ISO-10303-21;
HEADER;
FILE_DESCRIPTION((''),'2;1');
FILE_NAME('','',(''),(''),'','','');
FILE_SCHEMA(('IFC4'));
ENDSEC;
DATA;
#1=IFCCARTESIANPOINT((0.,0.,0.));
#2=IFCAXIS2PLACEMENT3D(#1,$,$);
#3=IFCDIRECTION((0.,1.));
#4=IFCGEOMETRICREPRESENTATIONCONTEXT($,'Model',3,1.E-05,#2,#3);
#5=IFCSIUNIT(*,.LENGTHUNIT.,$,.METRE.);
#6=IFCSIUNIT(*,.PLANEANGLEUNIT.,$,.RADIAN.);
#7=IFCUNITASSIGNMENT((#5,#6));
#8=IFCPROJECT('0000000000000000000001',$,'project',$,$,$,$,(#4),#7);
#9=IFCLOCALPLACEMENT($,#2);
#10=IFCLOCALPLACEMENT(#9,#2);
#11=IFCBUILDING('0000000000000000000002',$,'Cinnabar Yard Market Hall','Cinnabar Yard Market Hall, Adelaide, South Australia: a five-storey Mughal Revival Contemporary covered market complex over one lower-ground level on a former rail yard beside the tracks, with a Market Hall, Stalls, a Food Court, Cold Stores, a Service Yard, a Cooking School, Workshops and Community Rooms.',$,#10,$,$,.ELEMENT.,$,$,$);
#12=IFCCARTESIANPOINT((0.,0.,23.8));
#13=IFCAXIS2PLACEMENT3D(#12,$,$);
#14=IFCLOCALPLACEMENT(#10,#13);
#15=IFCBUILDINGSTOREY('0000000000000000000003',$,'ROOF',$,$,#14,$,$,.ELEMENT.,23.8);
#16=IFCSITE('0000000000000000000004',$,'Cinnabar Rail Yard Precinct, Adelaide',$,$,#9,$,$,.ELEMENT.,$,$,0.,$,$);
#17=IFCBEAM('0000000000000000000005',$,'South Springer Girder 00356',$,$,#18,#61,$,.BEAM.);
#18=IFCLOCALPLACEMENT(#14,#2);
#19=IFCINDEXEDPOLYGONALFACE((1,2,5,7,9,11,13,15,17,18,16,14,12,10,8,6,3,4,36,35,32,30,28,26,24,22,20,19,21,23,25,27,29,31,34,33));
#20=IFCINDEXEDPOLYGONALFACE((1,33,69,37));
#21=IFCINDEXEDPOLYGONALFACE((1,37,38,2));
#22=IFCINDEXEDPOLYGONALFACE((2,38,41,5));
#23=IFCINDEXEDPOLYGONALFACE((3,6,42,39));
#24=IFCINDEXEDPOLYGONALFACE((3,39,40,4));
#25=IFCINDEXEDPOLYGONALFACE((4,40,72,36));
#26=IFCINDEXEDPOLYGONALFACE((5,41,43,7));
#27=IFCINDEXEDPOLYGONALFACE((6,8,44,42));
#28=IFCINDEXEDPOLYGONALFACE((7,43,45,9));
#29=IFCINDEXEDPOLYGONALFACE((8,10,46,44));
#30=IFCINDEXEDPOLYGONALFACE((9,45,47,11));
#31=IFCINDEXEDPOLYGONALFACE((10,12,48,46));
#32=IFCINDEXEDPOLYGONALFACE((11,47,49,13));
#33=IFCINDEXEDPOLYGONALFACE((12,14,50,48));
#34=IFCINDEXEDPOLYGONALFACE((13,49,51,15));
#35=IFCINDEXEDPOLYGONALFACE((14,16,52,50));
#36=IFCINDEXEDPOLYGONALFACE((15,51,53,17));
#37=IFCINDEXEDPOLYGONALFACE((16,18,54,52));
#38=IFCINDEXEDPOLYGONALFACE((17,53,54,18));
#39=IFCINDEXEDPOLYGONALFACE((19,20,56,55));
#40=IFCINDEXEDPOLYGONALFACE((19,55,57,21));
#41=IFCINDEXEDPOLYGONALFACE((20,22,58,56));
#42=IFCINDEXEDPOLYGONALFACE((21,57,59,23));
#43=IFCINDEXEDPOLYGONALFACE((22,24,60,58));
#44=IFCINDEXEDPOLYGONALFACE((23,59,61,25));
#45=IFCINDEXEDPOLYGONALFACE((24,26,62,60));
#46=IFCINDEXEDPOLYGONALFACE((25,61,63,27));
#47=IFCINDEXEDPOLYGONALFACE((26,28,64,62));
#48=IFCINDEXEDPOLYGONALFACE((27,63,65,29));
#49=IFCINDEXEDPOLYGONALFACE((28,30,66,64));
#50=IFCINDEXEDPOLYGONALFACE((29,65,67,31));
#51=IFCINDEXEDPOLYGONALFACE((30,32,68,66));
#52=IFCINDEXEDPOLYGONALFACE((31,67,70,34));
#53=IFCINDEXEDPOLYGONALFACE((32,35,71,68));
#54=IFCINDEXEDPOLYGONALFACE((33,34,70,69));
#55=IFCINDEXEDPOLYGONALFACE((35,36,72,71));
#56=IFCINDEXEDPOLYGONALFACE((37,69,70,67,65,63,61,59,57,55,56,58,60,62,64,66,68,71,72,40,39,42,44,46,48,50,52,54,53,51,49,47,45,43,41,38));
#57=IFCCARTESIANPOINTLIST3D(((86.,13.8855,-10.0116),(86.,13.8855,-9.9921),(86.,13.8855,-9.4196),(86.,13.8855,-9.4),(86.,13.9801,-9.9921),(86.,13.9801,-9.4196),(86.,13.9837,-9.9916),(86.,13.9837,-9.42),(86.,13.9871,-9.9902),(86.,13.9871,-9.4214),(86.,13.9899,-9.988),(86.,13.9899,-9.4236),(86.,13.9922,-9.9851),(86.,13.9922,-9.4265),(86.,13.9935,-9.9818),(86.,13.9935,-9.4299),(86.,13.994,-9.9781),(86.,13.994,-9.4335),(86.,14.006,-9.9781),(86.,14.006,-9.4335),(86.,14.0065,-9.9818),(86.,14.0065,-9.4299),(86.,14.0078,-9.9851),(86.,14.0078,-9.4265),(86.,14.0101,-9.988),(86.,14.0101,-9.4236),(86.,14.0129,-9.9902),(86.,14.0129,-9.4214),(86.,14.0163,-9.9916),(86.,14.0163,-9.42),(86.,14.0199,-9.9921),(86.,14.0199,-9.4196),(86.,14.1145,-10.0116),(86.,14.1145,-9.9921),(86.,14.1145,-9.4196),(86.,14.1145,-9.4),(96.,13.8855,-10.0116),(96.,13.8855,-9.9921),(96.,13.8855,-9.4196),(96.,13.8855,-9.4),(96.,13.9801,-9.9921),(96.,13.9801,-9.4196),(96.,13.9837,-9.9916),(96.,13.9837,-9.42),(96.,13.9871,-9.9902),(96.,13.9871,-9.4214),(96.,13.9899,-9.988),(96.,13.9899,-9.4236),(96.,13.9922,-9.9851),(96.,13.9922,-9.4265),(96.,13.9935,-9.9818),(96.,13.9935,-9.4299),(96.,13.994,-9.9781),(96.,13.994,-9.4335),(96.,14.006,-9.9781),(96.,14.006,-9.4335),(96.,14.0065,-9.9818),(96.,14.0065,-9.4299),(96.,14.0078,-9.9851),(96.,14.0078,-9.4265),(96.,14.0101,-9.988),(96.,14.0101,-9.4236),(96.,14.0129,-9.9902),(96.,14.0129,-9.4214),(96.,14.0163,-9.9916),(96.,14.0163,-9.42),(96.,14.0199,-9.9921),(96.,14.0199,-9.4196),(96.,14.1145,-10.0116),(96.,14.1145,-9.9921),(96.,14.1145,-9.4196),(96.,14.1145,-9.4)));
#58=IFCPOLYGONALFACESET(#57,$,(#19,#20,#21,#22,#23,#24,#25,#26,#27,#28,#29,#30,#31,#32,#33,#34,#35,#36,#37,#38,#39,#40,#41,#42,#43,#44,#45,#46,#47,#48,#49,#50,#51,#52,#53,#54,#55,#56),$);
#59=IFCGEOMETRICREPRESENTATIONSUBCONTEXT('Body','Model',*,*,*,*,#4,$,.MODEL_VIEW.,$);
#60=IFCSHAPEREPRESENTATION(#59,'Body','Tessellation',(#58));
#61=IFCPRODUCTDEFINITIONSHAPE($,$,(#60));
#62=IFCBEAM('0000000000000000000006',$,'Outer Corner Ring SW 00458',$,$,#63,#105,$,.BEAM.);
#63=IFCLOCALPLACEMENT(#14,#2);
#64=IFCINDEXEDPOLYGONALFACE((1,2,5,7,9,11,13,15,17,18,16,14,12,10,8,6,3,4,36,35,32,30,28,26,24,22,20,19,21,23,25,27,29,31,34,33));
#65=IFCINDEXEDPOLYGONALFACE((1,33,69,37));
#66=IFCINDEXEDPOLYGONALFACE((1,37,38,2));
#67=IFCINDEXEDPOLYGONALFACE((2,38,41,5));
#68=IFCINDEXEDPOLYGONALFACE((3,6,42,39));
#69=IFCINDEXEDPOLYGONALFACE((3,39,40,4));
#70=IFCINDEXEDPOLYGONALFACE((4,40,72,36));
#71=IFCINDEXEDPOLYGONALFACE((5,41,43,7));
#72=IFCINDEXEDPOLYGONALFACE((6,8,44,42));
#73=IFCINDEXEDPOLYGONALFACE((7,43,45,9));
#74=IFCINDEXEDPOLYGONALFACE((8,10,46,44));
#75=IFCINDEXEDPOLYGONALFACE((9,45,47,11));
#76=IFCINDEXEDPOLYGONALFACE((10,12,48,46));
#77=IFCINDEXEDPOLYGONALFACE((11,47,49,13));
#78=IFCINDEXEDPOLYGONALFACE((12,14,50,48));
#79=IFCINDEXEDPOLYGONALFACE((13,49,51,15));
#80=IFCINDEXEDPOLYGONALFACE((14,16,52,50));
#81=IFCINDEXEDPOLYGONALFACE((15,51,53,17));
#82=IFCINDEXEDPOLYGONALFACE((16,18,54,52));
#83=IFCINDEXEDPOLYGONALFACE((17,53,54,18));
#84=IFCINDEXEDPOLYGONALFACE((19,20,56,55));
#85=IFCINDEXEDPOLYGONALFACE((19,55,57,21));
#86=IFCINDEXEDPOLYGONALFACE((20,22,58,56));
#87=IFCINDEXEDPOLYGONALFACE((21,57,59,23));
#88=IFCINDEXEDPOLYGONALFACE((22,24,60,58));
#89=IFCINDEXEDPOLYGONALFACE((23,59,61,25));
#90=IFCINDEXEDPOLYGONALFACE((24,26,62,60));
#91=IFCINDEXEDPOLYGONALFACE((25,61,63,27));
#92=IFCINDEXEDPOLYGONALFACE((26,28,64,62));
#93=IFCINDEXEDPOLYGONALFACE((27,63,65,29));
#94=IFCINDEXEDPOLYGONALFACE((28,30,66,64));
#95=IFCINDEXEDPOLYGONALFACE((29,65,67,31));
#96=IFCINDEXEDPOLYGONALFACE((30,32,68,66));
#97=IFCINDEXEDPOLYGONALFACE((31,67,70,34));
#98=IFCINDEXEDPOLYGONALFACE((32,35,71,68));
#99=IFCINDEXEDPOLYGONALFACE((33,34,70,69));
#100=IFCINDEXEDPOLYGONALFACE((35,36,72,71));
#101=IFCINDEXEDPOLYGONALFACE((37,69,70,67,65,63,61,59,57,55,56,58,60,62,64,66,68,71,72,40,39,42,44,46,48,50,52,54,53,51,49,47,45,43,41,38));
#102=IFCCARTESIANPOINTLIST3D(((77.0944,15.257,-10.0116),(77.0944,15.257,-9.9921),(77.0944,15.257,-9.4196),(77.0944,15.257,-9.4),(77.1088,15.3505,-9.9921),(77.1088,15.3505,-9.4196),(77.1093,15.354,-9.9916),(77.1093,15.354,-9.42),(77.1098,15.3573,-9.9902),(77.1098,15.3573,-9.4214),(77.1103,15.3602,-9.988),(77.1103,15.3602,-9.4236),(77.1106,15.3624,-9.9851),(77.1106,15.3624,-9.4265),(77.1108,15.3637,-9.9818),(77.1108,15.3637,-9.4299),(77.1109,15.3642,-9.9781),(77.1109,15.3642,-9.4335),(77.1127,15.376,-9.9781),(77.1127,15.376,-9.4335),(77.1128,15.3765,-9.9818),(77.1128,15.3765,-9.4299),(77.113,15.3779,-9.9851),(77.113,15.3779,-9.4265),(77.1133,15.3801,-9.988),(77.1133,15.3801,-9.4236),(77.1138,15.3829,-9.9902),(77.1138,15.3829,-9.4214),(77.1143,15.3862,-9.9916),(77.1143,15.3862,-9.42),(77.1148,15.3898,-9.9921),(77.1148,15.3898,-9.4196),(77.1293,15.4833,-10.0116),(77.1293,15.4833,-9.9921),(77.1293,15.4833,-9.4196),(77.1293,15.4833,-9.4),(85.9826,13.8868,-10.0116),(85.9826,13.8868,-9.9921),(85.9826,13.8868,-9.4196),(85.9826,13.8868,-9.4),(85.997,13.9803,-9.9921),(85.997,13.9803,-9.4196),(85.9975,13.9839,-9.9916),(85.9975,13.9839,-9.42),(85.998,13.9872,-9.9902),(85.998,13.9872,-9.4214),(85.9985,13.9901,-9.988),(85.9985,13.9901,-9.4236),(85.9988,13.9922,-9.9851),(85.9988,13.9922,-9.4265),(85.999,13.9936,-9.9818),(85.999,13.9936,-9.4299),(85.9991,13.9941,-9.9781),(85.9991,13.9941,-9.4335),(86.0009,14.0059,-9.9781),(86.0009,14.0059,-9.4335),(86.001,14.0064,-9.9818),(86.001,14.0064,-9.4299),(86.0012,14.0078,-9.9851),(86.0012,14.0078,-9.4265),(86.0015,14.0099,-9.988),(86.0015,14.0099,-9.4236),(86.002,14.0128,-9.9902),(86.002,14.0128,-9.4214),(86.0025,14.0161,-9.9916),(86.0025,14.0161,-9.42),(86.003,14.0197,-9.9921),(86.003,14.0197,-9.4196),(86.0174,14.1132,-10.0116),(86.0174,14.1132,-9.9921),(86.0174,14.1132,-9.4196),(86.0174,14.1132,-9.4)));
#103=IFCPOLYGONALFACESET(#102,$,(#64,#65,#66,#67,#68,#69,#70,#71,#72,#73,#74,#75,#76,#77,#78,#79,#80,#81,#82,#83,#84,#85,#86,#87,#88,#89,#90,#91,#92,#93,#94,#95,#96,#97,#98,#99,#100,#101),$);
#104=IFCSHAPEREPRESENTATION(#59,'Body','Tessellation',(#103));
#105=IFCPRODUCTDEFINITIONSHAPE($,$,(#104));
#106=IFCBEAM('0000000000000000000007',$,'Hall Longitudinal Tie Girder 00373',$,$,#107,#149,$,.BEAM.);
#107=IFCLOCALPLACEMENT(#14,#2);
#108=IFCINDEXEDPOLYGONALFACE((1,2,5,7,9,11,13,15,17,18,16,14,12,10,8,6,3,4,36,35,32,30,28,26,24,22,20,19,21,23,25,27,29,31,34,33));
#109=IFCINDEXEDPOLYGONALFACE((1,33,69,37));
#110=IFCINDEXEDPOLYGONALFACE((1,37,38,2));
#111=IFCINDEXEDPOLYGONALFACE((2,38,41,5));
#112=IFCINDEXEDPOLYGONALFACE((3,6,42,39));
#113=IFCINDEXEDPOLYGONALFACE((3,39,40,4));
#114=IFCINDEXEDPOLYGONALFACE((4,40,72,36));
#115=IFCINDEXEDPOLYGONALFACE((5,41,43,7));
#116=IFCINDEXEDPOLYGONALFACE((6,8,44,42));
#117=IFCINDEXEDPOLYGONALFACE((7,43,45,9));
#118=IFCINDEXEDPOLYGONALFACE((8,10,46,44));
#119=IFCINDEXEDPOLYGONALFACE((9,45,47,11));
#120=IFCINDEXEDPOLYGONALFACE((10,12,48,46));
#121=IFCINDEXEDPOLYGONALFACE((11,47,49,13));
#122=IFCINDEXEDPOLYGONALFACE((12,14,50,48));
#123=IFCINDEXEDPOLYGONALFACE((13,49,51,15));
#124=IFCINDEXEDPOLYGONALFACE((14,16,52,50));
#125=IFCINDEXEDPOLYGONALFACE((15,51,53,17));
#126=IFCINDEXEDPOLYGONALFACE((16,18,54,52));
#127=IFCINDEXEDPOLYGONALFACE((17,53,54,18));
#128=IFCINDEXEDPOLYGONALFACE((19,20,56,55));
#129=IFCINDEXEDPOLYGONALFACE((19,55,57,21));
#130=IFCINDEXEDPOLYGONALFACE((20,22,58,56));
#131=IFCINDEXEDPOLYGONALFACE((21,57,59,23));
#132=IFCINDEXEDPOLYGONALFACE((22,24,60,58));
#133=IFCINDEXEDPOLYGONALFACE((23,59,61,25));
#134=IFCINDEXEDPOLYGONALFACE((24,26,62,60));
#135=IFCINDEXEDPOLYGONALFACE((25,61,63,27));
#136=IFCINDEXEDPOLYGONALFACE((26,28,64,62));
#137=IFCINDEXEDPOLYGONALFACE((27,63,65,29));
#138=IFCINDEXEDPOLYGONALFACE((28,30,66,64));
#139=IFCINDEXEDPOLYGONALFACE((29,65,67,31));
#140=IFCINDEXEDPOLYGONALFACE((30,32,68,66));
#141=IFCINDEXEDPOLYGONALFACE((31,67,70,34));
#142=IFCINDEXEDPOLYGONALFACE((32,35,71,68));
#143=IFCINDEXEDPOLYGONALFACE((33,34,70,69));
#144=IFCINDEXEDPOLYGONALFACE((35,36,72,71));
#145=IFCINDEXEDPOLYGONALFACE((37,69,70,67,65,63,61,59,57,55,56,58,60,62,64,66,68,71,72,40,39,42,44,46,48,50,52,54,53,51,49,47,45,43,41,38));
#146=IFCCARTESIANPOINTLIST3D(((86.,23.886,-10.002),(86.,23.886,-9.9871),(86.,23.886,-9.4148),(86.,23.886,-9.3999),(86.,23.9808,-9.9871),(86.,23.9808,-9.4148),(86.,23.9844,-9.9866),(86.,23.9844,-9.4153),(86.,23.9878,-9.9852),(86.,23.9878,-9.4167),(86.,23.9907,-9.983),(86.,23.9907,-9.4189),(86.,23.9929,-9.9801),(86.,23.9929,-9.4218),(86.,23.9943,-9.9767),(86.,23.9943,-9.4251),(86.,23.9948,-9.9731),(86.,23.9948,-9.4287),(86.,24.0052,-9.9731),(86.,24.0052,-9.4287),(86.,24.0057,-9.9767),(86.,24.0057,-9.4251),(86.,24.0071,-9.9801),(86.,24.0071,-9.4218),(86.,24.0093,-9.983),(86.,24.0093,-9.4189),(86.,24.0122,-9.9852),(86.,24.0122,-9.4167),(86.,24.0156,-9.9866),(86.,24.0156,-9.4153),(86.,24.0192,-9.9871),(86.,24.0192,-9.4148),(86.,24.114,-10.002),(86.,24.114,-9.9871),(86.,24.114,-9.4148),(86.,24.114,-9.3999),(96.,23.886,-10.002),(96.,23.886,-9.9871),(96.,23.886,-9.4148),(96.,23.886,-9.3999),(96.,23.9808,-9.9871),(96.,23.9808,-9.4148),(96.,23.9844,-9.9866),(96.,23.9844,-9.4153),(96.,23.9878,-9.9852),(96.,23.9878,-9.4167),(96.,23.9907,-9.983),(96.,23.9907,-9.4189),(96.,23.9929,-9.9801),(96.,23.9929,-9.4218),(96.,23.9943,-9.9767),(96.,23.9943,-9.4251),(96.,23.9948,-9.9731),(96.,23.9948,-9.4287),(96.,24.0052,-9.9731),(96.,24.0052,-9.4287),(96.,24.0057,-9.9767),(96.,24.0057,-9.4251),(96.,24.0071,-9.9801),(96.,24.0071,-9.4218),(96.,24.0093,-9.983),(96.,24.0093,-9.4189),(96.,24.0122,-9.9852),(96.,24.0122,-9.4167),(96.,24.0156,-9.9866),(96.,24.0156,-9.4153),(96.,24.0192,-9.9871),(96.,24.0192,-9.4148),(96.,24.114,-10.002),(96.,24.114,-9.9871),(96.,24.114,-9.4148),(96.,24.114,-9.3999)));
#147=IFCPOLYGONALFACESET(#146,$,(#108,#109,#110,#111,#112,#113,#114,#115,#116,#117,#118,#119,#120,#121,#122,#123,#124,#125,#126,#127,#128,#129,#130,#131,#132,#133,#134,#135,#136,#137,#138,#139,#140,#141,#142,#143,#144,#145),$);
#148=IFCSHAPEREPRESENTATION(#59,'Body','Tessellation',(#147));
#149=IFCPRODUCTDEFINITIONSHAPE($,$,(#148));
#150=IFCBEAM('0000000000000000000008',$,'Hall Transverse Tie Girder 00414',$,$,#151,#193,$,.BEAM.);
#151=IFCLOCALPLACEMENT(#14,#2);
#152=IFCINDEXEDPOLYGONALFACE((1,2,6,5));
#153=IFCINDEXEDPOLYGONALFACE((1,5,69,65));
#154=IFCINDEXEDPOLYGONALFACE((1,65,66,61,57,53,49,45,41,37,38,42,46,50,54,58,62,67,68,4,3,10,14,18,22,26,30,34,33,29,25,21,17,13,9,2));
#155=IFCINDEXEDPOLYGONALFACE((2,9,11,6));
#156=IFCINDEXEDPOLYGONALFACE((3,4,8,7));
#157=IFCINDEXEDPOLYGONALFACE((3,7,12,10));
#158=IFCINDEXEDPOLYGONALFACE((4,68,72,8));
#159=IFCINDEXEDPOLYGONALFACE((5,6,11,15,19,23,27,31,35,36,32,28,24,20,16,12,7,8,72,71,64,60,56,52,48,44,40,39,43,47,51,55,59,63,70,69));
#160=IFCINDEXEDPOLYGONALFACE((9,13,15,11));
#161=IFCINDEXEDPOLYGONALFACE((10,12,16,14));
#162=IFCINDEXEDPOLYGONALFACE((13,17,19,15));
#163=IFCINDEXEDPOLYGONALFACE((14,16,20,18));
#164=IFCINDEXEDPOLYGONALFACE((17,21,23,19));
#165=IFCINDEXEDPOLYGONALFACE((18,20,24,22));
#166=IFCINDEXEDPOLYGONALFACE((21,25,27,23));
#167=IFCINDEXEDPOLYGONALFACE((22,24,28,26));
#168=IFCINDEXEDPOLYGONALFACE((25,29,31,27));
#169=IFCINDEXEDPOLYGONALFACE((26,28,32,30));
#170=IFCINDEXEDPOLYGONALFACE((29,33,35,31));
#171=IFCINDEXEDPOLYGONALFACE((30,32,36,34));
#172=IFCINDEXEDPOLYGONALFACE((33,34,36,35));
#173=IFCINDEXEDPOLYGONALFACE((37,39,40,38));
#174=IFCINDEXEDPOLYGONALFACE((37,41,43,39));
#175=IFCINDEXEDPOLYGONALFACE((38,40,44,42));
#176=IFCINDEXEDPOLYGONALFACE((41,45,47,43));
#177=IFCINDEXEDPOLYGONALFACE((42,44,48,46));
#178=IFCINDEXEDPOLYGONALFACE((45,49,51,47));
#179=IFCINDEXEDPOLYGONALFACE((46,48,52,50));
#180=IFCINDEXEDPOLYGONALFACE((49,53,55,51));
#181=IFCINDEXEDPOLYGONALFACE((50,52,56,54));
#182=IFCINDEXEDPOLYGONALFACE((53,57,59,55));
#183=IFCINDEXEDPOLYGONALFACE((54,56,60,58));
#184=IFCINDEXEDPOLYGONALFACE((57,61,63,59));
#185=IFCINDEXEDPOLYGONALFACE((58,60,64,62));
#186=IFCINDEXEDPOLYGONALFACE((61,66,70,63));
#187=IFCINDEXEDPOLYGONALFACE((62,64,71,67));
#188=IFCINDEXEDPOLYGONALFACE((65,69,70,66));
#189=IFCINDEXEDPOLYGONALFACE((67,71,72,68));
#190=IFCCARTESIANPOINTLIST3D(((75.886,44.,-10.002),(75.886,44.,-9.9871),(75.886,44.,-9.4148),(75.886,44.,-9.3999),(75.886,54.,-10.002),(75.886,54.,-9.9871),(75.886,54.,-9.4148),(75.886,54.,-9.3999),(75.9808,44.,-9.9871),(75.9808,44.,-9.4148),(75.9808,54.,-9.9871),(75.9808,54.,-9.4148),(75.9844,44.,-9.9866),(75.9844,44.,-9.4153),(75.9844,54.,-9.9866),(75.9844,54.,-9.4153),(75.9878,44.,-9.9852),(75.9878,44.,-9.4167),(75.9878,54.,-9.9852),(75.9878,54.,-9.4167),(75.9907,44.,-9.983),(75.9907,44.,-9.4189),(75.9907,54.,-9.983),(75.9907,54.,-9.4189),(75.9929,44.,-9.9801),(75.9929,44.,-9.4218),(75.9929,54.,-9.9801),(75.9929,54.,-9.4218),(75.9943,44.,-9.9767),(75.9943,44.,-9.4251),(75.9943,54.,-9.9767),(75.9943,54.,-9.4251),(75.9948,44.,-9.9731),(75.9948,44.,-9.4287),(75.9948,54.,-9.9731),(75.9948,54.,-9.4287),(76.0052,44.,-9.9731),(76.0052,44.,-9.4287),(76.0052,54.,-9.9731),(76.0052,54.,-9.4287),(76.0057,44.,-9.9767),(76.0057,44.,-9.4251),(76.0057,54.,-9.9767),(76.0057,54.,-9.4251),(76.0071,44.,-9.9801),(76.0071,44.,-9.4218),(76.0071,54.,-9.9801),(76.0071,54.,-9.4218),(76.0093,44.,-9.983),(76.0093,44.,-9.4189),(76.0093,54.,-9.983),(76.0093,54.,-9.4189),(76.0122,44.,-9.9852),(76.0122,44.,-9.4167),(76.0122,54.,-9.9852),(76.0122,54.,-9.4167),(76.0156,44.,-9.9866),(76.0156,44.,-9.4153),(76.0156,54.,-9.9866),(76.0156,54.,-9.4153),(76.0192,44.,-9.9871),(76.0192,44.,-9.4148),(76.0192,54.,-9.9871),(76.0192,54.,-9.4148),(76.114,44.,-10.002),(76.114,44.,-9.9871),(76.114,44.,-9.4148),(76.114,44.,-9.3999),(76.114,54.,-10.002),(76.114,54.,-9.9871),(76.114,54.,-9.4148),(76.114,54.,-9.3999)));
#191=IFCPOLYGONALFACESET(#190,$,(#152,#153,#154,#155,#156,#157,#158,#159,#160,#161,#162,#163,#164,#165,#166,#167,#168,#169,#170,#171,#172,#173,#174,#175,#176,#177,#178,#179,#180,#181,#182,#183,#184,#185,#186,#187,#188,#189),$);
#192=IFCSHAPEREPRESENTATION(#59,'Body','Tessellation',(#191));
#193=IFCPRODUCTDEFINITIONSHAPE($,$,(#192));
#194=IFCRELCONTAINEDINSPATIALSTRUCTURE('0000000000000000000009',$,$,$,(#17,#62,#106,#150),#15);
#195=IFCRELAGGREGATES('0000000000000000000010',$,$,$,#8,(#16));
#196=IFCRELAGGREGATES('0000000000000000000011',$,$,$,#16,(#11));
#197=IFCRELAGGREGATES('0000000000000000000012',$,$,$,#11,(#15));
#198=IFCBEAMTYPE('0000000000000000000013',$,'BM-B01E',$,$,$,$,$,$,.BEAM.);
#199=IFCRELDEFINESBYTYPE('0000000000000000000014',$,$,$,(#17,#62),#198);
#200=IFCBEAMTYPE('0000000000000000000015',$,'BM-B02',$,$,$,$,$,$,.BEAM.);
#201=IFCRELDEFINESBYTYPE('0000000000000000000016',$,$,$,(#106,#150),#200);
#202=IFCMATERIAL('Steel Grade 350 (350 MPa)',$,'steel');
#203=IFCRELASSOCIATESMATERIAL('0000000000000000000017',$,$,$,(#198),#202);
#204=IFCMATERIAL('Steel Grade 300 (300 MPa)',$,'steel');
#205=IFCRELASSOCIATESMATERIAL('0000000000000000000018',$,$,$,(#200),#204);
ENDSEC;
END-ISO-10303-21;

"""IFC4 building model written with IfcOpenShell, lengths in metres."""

from ifc_helpers import new_model, si_unit, direction, frame, origin, origin_2d_with_axis, place, context, subcontext, project, spatial, i_section, extrude, material, material_profile, profile_set, type_object, element, save


model = new_model("IFC4")

# Units and contexts
model_context = context("Model", 3, precision=1e-05, world=origin(), true_north=direction((0.0, 1.0)))
body_context = subcontext(model_context, "Body", "Model", "MODEL_VIEW")
ifc_project = project(units=[si_unit("LENGTHUNIT", "METRE"), si_unit("PLANEANGLEUNIT", "RADIAN")], contexts=[model_context])

# Site, building, storey
site_placement = place(None, origin())
site = spatial("IfcSite", under=ifc_project, at=site_placement, Name="Cinnabar Rail Yard Precinct, Adelaide", CompositionType="ELEMENT", RefElevation=0.0)
building_placement = place(site_placement, origin())
building = spatial("IfcBuilding", under=site, at=building_placement, Name="Cinnabar Yard Market Hall", Description="Cinnabar Yard Market Hall, Adelaide, South Australia: a five-storey Mughal Revival Contemporary covered market complex over one lower-ground level on a former rail yard beside the tracks, with a Market Hall, Stalls, a Food Court, Cold Stores, a Service Yard, a Cooking School, Workshops and Community Rooms.", CompositionType="ELEMENT")
storey_placement = place(building_placement, frame((0.0, 0.0, 23.8)))
storey = spatial("IfcBuildingStorey", under=building, at=storey_placement, Name="ROOF", CompositionType="ELEMENT", Elevation=23.8)

# Beams
ifc_material_1 = material(Name="Steel Grade 350 (350 MPa)", Category="steel")
ifc_material_profile_1 = material_profile(ifc_material_1, i_section(OverallWidth=0.229, OverallDepth=0.6116, WebThickness=0.012, FlangeThickness=0.0195, FilletRadius=0.0139, at=origin_2d_with_axis()), Name="610UB125")
ifc_profile_set_1 = profile_set([ifc_material_profile_1], Name="Steel Grade 350 (350 MPa)")
beam_type_1 = type_object("IfcBeamType", Name="BM-B01E", PredefinedType="BEAM", material=ifc_profile_set_1)
beam_1_placement = place(storey_placement, frame((86.0, 14.0, -9.7058), z_axis=(1.0, 0.0, 0.0), x_axis=(0.0, 1.0, 0.0)))
element("IfcBeam", 1, at=beam_1_placement, inside=storey, type_object=beam_type_1, Name="South Springer Girder 00356", PredefinedType="BEAM", context=body_context, shape_type="SweptSolid", body=[
    extrude(i_section(OverallWidth=0.229, OverallDepth=0.6116, WebThickness=0.012, FlangeThickness=0.0195, FilletRadius=0.0139, at=origin_2d_with_axis()), origin(), (0.0, 0.0, 1.0), 10.0),
])
beam_2_placement = place(storey_placement, frame((77.1118, 15.3701, -9.7058), z_axis=(0.988326, -0.152351, 0.0), x_axis=(0.152351, 0.988326, 0.0)))
element("IfcBeam", 2, at=beam_2_placement, inside=storey, type_object=beam_type_1, Name="Outer Corner Ring SW 00458", PredefinedType="BEAM", context=body_context, shape_type="SweptSolid", body=[
    extrude(i_section(OverallWidth=0.229, OverallDepth=0.6116, WebThickness=0.012, FlangeThickness=0.0195, FilletRadius=0.0139, at=origin_2d_with_axis()), origin(), (0.0, 0.0, 1.0), 8.9932),
])
ifc_material_2 = material(Name="Steel Grade 300 (300 MPa)", Category="steel")
ifc_material_profile_2 = material_profile(ifc_material_2, i_section(OverallWidth=0.228, OverallDepth=0.6021, WebThickness=0.0105, FlangeThickness=0.0149, FilletRadius=0.0139, at=origin_2d_with_axis()), Name="610UB101")
ifc_profile_set_2 = profile_set([ifc_material_profile_2], Name="Steel Grade 300 (300 MPa)")
beam_type_2 = type_object("IfcBeamType", Name="BM-B02", PredefinedType="BEAM", material=ifc_profile_set_2)
for number, where, z_axis, x_axis, name in (
    (3, (86.0, 24.0, -9.7009), (1.0, 0.0, 0.0), (0.0, 1.0, 0.0), "Hall Longitudinal Tie Girder 00373"),
    (4, (76.0, 44.0, -9.7009), (0.0, 1.0, 0.0), (-1.0, 0.0, 0.0), "Hall Transverse Tie Girder 00414"),
):
    element("IfcBeam", number, at=place(storey_placement, frame(where, z_axis=z_axis, x_axis=x_axis)), inside=storey, type_object=beam_type_2, Name=name, PredefinedType="BEAM", context=body_context, shape_type="SweptSolid", body=[
        extrude(i_section(OverallWidth=0.228, OverallDepth=0.6021, WebThickness=0.0105, FlangeThickness=0.0149, FilletRadius=0.0139, at=origin_2d_with_axis()), origin(), (0.0, 0.0, 1.0), 10.0),
    ])

save(model, "model.ifc")
